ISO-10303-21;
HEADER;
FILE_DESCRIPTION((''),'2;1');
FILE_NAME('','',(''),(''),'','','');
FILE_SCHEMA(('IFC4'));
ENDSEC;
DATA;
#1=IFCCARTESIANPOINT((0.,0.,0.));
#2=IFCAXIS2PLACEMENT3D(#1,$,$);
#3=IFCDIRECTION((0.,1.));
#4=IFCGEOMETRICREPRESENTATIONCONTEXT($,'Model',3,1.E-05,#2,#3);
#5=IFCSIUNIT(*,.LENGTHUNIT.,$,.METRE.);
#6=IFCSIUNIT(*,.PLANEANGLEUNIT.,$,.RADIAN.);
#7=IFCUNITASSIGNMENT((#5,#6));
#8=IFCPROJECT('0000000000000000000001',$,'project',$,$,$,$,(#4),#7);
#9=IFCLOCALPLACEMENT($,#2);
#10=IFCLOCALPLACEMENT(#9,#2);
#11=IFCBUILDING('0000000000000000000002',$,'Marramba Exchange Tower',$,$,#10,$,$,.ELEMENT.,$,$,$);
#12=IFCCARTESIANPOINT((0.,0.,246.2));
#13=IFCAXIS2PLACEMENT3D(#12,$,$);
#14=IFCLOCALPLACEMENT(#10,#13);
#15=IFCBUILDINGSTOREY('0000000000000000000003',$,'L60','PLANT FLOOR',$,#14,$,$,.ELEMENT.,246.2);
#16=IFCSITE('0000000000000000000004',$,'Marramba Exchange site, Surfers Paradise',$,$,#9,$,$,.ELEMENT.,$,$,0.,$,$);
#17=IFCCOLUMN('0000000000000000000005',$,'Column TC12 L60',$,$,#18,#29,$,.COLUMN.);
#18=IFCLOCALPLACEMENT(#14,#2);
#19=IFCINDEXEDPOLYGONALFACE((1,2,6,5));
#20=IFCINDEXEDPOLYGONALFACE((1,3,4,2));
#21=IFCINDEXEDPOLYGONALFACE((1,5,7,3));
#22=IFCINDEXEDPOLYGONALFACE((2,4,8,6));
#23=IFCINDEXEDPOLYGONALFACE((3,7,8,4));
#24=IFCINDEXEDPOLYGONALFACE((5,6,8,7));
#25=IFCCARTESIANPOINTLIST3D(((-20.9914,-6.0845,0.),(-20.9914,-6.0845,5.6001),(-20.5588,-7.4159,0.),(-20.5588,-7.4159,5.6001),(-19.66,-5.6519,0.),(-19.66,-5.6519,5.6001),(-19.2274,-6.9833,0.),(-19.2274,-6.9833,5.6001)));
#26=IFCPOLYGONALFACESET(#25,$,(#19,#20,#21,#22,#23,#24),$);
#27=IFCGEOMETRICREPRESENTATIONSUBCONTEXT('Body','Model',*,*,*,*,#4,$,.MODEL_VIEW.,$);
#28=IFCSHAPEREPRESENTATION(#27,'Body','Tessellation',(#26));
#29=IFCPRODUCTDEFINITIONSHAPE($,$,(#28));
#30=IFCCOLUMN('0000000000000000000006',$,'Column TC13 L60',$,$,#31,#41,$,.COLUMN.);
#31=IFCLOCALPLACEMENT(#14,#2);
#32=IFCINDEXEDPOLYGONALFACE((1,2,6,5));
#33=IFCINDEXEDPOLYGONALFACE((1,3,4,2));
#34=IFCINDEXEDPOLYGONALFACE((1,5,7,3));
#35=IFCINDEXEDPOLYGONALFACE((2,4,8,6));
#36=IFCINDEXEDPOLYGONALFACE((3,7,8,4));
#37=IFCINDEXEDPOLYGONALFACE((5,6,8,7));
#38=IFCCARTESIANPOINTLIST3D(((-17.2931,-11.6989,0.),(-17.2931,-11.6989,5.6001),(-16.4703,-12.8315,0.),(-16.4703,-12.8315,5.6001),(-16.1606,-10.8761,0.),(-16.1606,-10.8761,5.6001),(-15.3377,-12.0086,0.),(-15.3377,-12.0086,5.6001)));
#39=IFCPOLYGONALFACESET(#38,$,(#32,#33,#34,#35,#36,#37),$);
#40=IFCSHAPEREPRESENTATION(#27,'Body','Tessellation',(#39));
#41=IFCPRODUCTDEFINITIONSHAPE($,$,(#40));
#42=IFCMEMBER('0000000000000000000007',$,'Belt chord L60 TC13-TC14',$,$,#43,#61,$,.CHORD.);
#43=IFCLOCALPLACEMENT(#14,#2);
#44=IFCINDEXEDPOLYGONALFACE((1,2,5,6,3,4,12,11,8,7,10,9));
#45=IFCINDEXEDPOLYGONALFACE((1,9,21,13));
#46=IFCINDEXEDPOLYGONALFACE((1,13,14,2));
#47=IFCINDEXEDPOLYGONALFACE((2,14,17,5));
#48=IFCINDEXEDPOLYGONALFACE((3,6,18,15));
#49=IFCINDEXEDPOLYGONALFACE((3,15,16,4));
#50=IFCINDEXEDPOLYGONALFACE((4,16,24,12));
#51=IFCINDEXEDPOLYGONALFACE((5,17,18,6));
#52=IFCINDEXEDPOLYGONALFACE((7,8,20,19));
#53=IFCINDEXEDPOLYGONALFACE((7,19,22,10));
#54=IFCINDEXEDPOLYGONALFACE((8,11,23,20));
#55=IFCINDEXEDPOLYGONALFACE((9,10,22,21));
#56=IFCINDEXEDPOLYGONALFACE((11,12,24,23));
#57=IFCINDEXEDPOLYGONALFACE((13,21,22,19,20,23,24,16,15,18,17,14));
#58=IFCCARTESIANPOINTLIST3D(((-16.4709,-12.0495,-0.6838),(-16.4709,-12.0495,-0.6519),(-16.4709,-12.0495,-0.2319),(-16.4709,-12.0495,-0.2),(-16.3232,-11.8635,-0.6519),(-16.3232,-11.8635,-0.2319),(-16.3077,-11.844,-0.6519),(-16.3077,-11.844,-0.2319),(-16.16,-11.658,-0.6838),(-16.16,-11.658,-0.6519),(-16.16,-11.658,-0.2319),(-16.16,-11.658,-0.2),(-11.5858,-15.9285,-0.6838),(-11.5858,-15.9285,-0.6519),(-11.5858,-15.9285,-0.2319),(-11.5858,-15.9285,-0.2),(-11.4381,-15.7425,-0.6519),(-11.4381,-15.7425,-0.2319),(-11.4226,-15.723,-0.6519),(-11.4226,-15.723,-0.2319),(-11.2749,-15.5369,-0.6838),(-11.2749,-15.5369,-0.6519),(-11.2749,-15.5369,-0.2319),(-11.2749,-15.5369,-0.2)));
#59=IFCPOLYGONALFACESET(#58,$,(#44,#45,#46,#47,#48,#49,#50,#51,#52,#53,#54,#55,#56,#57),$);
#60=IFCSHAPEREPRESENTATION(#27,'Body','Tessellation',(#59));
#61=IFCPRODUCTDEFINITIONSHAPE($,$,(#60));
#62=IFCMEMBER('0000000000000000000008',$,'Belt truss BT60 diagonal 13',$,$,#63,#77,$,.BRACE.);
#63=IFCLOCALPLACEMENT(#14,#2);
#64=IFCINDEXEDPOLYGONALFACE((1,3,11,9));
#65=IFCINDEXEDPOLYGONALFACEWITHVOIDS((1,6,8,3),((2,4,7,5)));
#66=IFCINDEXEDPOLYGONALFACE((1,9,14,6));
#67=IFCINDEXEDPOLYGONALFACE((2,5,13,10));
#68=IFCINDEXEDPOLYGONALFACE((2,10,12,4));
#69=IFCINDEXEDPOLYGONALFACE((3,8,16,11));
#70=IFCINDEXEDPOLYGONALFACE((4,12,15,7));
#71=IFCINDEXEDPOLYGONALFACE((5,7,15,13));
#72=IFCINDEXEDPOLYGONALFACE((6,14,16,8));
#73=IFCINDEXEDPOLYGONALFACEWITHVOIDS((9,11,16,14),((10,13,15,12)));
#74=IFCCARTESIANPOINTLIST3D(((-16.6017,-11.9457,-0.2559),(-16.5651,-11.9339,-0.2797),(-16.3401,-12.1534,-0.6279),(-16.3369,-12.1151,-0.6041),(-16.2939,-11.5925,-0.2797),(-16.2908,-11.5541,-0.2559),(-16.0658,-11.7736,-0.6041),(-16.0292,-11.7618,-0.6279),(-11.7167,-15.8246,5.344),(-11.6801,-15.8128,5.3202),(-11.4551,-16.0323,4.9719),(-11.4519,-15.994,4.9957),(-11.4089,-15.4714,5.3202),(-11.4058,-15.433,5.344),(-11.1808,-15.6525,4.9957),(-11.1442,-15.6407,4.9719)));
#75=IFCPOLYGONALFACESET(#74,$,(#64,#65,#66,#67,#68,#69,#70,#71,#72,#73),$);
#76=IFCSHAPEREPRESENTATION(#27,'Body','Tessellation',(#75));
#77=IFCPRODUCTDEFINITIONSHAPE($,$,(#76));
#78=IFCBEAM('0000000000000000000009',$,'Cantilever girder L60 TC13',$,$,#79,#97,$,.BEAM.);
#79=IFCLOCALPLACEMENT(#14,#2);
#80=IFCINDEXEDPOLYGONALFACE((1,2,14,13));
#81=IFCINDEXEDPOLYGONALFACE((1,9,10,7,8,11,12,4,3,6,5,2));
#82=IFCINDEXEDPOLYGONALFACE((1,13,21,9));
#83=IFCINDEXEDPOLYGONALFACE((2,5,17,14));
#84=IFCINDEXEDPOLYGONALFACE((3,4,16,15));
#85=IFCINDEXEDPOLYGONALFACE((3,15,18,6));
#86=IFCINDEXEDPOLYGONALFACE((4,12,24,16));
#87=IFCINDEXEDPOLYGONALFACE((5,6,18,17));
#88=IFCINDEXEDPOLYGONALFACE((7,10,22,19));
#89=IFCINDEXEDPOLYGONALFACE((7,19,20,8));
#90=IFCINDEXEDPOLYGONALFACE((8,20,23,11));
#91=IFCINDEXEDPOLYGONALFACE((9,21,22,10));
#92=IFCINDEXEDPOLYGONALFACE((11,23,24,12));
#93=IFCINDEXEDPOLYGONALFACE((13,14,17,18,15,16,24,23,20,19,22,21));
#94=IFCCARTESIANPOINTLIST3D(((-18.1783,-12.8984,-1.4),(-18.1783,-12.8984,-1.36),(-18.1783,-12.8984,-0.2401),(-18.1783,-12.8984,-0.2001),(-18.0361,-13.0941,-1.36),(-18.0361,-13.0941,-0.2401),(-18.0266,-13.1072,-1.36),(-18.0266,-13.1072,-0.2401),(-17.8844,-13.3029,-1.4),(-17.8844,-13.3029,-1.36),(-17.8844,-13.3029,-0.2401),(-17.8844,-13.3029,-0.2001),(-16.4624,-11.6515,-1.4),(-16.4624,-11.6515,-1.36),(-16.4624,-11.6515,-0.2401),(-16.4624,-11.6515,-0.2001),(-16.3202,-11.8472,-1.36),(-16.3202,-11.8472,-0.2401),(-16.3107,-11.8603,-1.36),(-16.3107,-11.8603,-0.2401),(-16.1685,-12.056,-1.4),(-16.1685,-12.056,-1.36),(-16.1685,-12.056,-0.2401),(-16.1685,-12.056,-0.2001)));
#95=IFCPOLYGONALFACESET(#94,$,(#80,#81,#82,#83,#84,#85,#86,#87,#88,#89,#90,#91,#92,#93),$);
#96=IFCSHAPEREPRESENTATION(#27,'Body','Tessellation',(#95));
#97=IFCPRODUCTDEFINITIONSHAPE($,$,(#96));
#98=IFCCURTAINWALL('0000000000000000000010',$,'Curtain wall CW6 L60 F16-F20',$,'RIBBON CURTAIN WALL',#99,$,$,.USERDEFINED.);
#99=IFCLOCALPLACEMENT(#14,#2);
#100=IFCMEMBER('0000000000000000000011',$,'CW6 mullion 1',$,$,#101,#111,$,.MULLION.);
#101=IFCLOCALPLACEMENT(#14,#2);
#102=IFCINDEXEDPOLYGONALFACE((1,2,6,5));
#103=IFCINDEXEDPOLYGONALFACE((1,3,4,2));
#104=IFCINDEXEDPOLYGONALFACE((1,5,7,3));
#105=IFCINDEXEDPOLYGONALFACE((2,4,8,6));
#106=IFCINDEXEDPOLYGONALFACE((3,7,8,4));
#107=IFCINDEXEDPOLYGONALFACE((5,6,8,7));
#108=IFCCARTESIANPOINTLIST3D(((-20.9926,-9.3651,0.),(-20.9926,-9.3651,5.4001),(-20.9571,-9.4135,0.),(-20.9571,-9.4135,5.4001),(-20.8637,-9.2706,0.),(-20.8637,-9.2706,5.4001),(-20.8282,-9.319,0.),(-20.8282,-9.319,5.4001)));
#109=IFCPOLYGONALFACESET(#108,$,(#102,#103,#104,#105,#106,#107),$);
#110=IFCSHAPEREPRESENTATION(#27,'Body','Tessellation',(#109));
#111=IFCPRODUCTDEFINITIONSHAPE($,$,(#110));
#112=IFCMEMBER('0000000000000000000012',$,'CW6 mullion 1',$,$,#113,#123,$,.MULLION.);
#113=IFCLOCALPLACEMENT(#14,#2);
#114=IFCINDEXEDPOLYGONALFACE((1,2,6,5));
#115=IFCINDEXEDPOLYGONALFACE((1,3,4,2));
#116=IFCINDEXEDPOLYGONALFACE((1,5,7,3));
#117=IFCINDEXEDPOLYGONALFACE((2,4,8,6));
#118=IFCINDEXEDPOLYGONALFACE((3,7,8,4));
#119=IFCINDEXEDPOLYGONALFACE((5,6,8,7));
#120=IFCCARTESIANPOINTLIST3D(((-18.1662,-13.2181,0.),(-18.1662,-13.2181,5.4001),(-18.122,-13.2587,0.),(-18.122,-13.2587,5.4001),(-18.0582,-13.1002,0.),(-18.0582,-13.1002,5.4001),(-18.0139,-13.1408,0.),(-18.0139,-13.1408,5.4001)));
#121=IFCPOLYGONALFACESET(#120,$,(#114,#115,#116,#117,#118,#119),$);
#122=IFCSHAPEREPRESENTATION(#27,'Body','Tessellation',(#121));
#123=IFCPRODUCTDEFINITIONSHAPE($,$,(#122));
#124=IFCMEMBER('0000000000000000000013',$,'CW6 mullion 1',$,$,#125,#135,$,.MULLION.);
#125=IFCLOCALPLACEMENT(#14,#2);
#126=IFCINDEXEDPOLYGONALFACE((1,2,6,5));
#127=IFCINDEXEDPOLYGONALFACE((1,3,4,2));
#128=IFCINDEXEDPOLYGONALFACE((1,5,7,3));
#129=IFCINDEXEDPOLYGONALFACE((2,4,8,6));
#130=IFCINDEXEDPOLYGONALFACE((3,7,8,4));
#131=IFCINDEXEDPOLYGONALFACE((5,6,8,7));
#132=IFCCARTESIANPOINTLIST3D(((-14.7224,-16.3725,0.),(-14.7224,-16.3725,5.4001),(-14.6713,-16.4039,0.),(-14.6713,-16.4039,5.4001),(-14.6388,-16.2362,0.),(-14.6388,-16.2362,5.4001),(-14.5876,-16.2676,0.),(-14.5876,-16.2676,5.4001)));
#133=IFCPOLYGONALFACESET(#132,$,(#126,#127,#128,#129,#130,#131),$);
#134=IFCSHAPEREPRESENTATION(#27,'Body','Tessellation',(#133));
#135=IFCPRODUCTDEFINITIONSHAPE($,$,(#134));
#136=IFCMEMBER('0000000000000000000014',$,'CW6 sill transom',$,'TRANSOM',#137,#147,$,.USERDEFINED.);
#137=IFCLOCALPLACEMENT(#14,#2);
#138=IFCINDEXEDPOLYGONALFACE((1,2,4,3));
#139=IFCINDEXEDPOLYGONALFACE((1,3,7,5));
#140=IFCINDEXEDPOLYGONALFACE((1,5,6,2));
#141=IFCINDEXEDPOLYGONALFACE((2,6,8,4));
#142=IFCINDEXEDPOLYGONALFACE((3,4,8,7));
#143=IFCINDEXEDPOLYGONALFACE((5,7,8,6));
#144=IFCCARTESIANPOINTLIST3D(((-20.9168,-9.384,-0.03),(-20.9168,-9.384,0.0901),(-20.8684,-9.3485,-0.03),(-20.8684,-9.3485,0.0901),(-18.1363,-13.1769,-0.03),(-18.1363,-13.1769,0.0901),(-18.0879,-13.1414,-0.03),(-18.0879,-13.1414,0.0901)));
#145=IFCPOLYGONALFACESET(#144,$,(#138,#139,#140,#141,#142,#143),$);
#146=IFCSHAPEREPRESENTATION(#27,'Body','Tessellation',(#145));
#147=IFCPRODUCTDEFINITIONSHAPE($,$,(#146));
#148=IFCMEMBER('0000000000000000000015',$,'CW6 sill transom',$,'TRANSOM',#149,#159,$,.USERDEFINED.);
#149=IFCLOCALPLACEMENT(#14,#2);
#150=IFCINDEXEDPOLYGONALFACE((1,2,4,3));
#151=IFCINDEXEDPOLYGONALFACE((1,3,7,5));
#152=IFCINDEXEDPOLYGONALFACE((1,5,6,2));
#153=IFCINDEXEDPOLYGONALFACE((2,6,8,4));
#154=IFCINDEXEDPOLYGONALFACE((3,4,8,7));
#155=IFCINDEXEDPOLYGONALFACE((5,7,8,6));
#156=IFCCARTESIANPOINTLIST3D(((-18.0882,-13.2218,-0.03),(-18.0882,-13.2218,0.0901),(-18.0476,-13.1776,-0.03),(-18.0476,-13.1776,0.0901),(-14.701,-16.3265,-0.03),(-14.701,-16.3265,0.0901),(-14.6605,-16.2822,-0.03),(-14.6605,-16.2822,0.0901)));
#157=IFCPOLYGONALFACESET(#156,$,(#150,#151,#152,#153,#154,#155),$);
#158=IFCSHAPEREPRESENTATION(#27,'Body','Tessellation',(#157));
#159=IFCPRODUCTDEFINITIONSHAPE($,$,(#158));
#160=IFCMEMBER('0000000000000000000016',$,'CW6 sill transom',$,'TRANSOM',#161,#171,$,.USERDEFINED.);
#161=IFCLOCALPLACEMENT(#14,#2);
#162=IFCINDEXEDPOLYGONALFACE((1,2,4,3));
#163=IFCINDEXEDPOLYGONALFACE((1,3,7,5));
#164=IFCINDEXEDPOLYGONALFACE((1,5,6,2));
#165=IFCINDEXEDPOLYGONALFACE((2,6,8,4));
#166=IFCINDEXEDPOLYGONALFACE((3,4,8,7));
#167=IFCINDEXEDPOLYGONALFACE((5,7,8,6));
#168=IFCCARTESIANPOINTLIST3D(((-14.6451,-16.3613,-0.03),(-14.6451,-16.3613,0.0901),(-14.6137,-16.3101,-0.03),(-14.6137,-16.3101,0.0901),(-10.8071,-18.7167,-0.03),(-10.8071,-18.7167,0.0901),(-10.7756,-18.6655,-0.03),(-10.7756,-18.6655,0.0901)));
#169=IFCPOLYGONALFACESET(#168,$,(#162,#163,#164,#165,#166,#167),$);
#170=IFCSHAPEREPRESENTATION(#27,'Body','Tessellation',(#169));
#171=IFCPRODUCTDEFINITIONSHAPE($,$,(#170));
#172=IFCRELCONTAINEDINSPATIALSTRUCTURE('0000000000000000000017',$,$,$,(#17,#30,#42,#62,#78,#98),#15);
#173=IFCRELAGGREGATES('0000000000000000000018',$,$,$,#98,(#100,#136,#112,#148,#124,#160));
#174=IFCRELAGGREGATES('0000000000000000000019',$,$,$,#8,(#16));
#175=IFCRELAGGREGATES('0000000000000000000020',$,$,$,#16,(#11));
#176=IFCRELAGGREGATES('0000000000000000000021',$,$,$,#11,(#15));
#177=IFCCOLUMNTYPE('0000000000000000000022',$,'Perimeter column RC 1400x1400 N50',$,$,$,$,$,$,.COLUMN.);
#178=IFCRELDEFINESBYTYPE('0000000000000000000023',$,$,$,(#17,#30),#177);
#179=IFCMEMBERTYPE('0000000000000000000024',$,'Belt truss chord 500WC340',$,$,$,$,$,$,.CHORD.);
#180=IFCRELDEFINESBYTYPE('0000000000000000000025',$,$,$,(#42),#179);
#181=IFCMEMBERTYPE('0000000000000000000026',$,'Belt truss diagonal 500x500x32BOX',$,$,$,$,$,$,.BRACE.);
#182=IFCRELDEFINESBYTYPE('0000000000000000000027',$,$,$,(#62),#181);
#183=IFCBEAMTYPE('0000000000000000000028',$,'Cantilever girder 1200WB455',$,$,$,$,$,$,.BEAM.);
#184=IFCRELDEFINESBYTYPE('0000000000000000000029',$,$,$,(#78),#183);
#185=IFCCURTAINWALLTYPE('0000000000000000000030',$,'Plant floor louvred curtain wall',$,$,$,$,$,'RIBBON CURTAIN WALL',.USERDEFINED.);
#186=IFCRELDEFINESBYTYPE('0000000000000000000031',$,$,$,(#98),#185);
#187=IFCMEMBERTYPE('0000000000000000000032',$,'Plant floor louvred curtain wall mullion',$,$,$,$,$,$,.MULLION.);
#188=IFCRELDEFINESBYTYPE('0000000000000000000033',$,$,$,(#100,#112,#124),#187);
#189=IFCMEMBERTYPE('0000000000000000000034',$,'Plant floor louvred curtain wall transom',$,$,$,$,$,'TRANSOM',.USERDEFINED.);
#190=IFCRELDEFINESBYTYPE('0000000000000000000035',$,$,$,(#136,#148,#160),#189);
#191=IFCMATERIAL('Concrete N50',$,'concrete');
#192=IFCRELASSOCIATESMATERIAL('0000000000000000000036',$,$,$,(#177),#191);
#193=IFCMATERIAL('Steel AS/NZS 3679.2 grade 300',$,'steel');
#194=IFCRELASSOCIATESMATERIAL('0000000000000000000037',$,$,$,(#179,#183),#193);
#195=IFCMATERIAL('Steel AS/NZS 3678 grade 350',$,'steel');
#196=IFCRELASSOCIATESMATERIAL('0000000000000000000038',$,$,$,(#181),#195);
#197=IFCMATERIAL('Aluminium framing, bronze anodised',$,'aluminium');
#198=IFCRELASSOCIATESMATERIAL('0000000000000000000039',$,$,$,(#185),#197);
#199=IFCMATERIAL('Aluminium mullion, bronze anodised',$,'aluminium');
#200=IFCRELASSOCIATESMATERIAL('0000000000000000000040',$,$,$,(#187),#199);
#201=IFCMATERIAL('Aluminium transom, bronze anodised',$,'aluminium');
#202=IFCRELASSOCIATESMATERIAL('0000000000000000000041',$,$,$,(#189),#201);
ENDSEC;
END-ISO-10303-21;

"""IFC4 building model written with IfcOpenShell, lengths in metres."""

from ifc_helpers import new_model, si_unit, direction, frame, origin, origin_2d, place, context, subcontext, project, spatial, rectangle, hollow_rectangle, i_section, extrude, material, material_profile, profile_set, type_object, element, aggregate, save


model = new_model("IFC4")

# Units and contexts
model_context = context("Model", 3, precision=1e-05, world=origin(), true_north=direction((0.0, 1.0)))
body_context = subcontext(model_context, "Body", "Model", "MODEL_VIEW")
ifc_project = project(units=[si_unit("LENGTHUNIT", "METRE"), si_unit("PLANEANGLEUNIT", "RADIAN")], contexts=[model_context])

# Site, building, storey
site_placement = place(None, origin())
site = spatial("IfcSite", under=ifc_project, at=site_placement, Name="Marramba Exchange site, Surfers Paradise", CompositionType="ELEMENT", RefElevation=0.0)
building_placement = place(site_placement, origin())
building = spatial("IfcBuilding", under=site, at=building_placement, Name="Marramba Exchange Tower", CompositionType="ELEMENT")
storey_placement = place(building_placement, frame((0.0, 0.0, 246.2)))
storey = spatial("IfcBuildingStorey", under=building, at=storey_placement, Name="L60", Description="PLANT FLOOR", CompositionType="ELEMENT", Elevation=246.2)

# Columns
ifc_material_1 = material(Name="Concrete N50", Category="concrete")
ifc_material_profile_1 = material_profile(ifc_material_1, rectangle(XDim=1.3999, YDim=1.3999, at=origin_2d()), Name="RC 1400x1400")
ifc_profile_set_1 = profile_set([ifc_material_profile_1], Name="Concrete N50")
column_type = type_object("IfcColumnType", Name="Perimeter column RC 1400x1400 N50", PredefinedType="COLUMN", material=ifc_profile_set_1)
for number, where, z_axis, x_axis, name in (
    (1, (-20.1094, -6.5339, 0.0), (0.0, 0.0, 1.0), (-0.951057, -0.309017, 0.0), "Column TC12 L60"),
    (2, (-16.3154, -11.8538, 0.0), (0.0, 0.0, 1.0), (-0.809017, -0.587785, 0.0), "Column TC13 L60"),
):
    element("IfcColumn", number, at=place(storey_placement, frame(where, z_axis=z_axis, x_axis=x_axis)), inside=storey, type_object=column_type, Name=name, PredefinedType="COLUMN", context=body_context, shape_type="SweptSolid", body=[
        extrude(rectangle(XDim=1.3999, YDim=1.3999, at=origin_2d()), origin(), (0.0, 0.0, 1.0), 5.6001),
    ])

# Members
ifc_material_2 = material(Name="Steel AS/NZS 3679.2 grade 300", Category="steel")
ifc_material_profile_2 = material_profile(ifc_material_2, i_section(OverallWidth=0.5, OverallDepth=0.4839, WebThickness=0.0249, FlangeThickness=0.032, at=origin_2d()), Name="500WC340")
ifc_profile_set_2 = profile_set([ifc_material_profile_2], Name="Steel AS/NZS 3679.2 grade 300")
member_type_1 = type_object("IfcMemberType", Name="Belt truss chord 500WC340", PredefinedType="CHORD", material=ifc_profile_set_2)
member_1_placement = place(storey_placement, frame((-16.3154, -11.8538, -0.4419), z_axis=(0.783139, -0.621846, 0.0), x_axis=(0.621846, 0.783139, 0.0)))
element("IfcMember", 3, at=member_1_placement, inside=storey, type_object=member_type_1, Name="Belt chord L60 TC13-TC14", PredefinedType="CHORD", context=body_context, shape_type="SweptSolid", body=[
    extrude(i_section(OverallWidth=0.5, OverallDepth=0.4839, WebThickness=0.0249, FlangeThickness=0.032, at=origin_2d()), origin(), (0.0, 0.0, 1.0), 6.2378),
])
ifc_material_3 = material(Name="Steel AS/NZS 3678 grade 350", Category="steel")
ifc_material_profile_3 = material_profile(ifc_material_3, hollow_rectangle(XDim=0.5, YDim=0.5, WallThickness=0.032, at=origin_2d()), Name="500x500x32BOX")
ifc_profile_set_3 = profile_set([ifc_material_profile_3], Name="Steel AS/NZS 3678 grade 350")
member_type_2 = type_object("IfcMemberType", Name="Belt truss diagonal 500x500x32BOX", PredefinedType="BRACE", material=ifc_profile_set_3)
member_2_placement = place(storey_placement, frame((-16.3154, -11.8538, -0.4419), z_axis=(0.582758, -0.462734, 0.668035), x_axis=(0.621846, 0.783139, 0.0)))
element("IfcMember", 4, at=member_2_placement, inside=storey, type_object=member_type_2, Name="Belt truss BT60 diagonal 13", PredefinedType="BRACE", context=body_context, shape_type="SweptSolid", body=[
    extrude(hollow_rectangle(XDim=0.5, YDim=0.5, WallThickness=0.032, at=origin_2d()), origin(), (0.0, 0.0, 1.0), 8.3826),
])

# Beam
ifc_material_profile_4 = material_profile(ifc_material_2, i_section(OverallWidth=0.5, OverallDepth=1.2, WebThickness=0.0161, FlangeThickness=0.04, at=origin_2d()), Name="1200WB455")
ifc_profile_set_4 = profile_set([ifc_material_profile_4], Name="Steel AS/NZS 3679.2 grade 300")
beam_type_1 = type_object("IfcBeamType", Name="Cantilever girder 1200WB455", PredefinedType="BEAM", material=ifc_profile_set_4)
beam_1_placement = place(storey_placement, frame((-16.3154, -11.8538, -0.8), z_axis=(-0.80897, -0.58785, 0.0), x_axis=(0.58785, -0.80897, 0.0)))
element("IfcBeam", 5, at=beam_1_placement, inside=storey, type_object=beam_type_1, Name="Cantilever girder L60 TC13", PredefinedType="BEAM", context=body_context, shape_type="SweptSolid", body=[
    extrude(i_section(OverallWidth=0.5, OverallDepth=1.2, WebThickness=0.0161, FlangeThickness=0.04, at=origin_2d()), origin(), (0.0, 0.0, 1.0), 2.1211),
])

# Curtain wall, members
ifc_material_4 = material(Name="Aluminium framing, bronze anodised", Category="aluminium")
curtain_wall_type = type_object("IfcCurtainWallType", Name="Plant floor louvred curtain wall", ElementType="RIBBON CURTAIN WALL", PredefinedType="USERDEFINED", material=ifc_material_4)
curtain_wall_placement = place(storey_placement, origin())
curtain_wall = element("IfcCurtainWall", 6, at=curtain_wall_placement, inside=storey, type_object=curtain_wall_type, Name="Curtain wall CW6 L60 F16-F20", ObjectType="RIBBON CURTAIN WALL", PredefinedType="USERDEFINED")
ifc_material_5 = material(Name="Aluminium mullion, bronze anodised", Category="aluminium")
ifc_material_profile_5 = material_profile(ifc_material_5, rectangle(XDim=0.1599, YDim=0.0601, at=origin_2d()), Name="CW6 mullion 60x160")
ifc_profile_set_5 = profile_set([ifc_material_profile_5], Name="Aluminium mullion, bronze anodised")
member_type_3 = type_object("IfcMemberType", Name="Plant floor louvred curtain wall mullion", PredefinedType="MULLION", material=ifc_profile_set_5)
member_3_placement = place(storey_placement, frame((-20.9104, -9.342, 0.0), z_axis=(0.0, 0.0, 1.0), x_axis=(0.806508, 0.591223, 0.0)))
member_3 = element("IfcMember", 7, at=member_3_placement, type_object=member_type_3, Name="CW6 mullion 1", PredefinedType="MULLION", context=body_context, shape_type="SweptSolid", body=[
    extrude(rectangle(XDim=0.1599, YDim=0.0601, at=origin_2d()), origin(), (0.0, 0.0, 1.0), 5.4001),
])
member_4_placement = place(storey_placement, frame((-18.0901, -13.1794, 0.0), z_axis=(0.0, 0.0, 1.0), x_axis=(0.675671, 0.737203, 0.0)))
member_4 = element("IfcMember", 8, at=member_4_placement, type_object=member_type_3, Name="CW6 mullion 1", PredefinedType="MULLION", context=body_context, shape_type="SweptSolid", body=[
    extrude(rectangle(XDim=0.1599, YDim=0.0601, at=origin_2d()), origin(), (0.0, 0.0, 1.0), 5.4001),
])
member_5_placement = place(storey_placement, frame((-14.655, -16.3201, 0.0), z_axis=(0.0, 0.0, 1.0), x_axis=(0.523052, 0.852301, 0.0)))
member_5 = element("IfcMember", 9, at=member_5_placement, type_object=member_type_3, Name="CW6 mullion 1", PredefinedType="MULLION", context=body_context, shape_type="SweptSolid", body=[
    extrude(rectangle(XDim=0.1599, YDim=0.0601, at=origin_2d()), origin(), (0.0, 0.0, 1.0), 5.4001),
])
ifc_material_6 = material(Name="Aluminium transom, bronze anodised", Category="aluminium")
ifc_material_profile_6 = material_profile(ifc_material_6, rectangle(XDim=0.0601, YDim=0.1201, at=origin_2d()), Name="CW6 transom 60x120")
ifc_profile_set_6 = profile_set([ifc_material_profile_6], Name="Aluminium transom, bronze anodised")
member_type_4 = type_object("IfcMemberType", Name="Plant floor louvred curtain wall transom", ElementType="TRANSOM", PredefinedType="USERDEFINED", material=ifc_profile_set_6)
member_6_placement = place(storey_placement, frame((-20.8926, -9.3662, 0.03), z_axis=(0.591226, -0.806506, 0.0), x_axis=(0.806506, 0.591226, 0.0)))
member_6 = element("IfcMember", 10, at=member_6_placement, type_object=member_type_4, Name="CW6 sill transom", ObjectType="TRANSOM", PredefinedType="USERDEFINED", context=body_context, shape_type="SweptSolid", body=[
    extrude(rectangle(XDim=0.0601, YDim=0.1201, at=origin_2d()), origin(), (0.0, 0.0, 1.0), 4.7029),
])
member_7_placement = place(storey_placement, frame((-18.0679, -13.1997, 0.03), z_axis=(0.737176, -0.675701, 0.0), x_axis=(0.675701, 0.737176, 0.0)))
member_7 = element("IfcMember", 11, at=member_7_placement, type_object=member_type_4, Name="CW6 sill transom", ObjectType="TRANSOM", PredefinedType="USERDEFINED", context=body_context, shape_type="SweptSolid", body=[
    extrude(rectangle(XDim=0.0601, YDim=0.1201, at=origin_2d()), origin(), (0.0, 0.0, 1.0), 4.5947),
])
member_8_placement = place(storey_placement, frame((-14.6294, -16.3357, 0.03), z_axis=(0.852298, -0.523056, 0.0), x_axis=(0.523056, 0.852298, 0.0)))
member_8 = element("IfcMember", 12, at=member_8_placement, type_object=member_type_4, Name="CW6 sill transom", ObjectType="TRANSOM", PredefinedType="USERDEFINED", context=body_context, shape_type="SweptSolid", body=[
    extrude(rectangle(XDim=0.0601, YDim=0.1201, at=origin_2d()), origin(), (0.0, 0.0, 1.0), 4.5032),
])

aggregate(curtain_wall, [member_3, member_6, member_4, member_7, member_5, member_8])

save(model, "model.ifc")
